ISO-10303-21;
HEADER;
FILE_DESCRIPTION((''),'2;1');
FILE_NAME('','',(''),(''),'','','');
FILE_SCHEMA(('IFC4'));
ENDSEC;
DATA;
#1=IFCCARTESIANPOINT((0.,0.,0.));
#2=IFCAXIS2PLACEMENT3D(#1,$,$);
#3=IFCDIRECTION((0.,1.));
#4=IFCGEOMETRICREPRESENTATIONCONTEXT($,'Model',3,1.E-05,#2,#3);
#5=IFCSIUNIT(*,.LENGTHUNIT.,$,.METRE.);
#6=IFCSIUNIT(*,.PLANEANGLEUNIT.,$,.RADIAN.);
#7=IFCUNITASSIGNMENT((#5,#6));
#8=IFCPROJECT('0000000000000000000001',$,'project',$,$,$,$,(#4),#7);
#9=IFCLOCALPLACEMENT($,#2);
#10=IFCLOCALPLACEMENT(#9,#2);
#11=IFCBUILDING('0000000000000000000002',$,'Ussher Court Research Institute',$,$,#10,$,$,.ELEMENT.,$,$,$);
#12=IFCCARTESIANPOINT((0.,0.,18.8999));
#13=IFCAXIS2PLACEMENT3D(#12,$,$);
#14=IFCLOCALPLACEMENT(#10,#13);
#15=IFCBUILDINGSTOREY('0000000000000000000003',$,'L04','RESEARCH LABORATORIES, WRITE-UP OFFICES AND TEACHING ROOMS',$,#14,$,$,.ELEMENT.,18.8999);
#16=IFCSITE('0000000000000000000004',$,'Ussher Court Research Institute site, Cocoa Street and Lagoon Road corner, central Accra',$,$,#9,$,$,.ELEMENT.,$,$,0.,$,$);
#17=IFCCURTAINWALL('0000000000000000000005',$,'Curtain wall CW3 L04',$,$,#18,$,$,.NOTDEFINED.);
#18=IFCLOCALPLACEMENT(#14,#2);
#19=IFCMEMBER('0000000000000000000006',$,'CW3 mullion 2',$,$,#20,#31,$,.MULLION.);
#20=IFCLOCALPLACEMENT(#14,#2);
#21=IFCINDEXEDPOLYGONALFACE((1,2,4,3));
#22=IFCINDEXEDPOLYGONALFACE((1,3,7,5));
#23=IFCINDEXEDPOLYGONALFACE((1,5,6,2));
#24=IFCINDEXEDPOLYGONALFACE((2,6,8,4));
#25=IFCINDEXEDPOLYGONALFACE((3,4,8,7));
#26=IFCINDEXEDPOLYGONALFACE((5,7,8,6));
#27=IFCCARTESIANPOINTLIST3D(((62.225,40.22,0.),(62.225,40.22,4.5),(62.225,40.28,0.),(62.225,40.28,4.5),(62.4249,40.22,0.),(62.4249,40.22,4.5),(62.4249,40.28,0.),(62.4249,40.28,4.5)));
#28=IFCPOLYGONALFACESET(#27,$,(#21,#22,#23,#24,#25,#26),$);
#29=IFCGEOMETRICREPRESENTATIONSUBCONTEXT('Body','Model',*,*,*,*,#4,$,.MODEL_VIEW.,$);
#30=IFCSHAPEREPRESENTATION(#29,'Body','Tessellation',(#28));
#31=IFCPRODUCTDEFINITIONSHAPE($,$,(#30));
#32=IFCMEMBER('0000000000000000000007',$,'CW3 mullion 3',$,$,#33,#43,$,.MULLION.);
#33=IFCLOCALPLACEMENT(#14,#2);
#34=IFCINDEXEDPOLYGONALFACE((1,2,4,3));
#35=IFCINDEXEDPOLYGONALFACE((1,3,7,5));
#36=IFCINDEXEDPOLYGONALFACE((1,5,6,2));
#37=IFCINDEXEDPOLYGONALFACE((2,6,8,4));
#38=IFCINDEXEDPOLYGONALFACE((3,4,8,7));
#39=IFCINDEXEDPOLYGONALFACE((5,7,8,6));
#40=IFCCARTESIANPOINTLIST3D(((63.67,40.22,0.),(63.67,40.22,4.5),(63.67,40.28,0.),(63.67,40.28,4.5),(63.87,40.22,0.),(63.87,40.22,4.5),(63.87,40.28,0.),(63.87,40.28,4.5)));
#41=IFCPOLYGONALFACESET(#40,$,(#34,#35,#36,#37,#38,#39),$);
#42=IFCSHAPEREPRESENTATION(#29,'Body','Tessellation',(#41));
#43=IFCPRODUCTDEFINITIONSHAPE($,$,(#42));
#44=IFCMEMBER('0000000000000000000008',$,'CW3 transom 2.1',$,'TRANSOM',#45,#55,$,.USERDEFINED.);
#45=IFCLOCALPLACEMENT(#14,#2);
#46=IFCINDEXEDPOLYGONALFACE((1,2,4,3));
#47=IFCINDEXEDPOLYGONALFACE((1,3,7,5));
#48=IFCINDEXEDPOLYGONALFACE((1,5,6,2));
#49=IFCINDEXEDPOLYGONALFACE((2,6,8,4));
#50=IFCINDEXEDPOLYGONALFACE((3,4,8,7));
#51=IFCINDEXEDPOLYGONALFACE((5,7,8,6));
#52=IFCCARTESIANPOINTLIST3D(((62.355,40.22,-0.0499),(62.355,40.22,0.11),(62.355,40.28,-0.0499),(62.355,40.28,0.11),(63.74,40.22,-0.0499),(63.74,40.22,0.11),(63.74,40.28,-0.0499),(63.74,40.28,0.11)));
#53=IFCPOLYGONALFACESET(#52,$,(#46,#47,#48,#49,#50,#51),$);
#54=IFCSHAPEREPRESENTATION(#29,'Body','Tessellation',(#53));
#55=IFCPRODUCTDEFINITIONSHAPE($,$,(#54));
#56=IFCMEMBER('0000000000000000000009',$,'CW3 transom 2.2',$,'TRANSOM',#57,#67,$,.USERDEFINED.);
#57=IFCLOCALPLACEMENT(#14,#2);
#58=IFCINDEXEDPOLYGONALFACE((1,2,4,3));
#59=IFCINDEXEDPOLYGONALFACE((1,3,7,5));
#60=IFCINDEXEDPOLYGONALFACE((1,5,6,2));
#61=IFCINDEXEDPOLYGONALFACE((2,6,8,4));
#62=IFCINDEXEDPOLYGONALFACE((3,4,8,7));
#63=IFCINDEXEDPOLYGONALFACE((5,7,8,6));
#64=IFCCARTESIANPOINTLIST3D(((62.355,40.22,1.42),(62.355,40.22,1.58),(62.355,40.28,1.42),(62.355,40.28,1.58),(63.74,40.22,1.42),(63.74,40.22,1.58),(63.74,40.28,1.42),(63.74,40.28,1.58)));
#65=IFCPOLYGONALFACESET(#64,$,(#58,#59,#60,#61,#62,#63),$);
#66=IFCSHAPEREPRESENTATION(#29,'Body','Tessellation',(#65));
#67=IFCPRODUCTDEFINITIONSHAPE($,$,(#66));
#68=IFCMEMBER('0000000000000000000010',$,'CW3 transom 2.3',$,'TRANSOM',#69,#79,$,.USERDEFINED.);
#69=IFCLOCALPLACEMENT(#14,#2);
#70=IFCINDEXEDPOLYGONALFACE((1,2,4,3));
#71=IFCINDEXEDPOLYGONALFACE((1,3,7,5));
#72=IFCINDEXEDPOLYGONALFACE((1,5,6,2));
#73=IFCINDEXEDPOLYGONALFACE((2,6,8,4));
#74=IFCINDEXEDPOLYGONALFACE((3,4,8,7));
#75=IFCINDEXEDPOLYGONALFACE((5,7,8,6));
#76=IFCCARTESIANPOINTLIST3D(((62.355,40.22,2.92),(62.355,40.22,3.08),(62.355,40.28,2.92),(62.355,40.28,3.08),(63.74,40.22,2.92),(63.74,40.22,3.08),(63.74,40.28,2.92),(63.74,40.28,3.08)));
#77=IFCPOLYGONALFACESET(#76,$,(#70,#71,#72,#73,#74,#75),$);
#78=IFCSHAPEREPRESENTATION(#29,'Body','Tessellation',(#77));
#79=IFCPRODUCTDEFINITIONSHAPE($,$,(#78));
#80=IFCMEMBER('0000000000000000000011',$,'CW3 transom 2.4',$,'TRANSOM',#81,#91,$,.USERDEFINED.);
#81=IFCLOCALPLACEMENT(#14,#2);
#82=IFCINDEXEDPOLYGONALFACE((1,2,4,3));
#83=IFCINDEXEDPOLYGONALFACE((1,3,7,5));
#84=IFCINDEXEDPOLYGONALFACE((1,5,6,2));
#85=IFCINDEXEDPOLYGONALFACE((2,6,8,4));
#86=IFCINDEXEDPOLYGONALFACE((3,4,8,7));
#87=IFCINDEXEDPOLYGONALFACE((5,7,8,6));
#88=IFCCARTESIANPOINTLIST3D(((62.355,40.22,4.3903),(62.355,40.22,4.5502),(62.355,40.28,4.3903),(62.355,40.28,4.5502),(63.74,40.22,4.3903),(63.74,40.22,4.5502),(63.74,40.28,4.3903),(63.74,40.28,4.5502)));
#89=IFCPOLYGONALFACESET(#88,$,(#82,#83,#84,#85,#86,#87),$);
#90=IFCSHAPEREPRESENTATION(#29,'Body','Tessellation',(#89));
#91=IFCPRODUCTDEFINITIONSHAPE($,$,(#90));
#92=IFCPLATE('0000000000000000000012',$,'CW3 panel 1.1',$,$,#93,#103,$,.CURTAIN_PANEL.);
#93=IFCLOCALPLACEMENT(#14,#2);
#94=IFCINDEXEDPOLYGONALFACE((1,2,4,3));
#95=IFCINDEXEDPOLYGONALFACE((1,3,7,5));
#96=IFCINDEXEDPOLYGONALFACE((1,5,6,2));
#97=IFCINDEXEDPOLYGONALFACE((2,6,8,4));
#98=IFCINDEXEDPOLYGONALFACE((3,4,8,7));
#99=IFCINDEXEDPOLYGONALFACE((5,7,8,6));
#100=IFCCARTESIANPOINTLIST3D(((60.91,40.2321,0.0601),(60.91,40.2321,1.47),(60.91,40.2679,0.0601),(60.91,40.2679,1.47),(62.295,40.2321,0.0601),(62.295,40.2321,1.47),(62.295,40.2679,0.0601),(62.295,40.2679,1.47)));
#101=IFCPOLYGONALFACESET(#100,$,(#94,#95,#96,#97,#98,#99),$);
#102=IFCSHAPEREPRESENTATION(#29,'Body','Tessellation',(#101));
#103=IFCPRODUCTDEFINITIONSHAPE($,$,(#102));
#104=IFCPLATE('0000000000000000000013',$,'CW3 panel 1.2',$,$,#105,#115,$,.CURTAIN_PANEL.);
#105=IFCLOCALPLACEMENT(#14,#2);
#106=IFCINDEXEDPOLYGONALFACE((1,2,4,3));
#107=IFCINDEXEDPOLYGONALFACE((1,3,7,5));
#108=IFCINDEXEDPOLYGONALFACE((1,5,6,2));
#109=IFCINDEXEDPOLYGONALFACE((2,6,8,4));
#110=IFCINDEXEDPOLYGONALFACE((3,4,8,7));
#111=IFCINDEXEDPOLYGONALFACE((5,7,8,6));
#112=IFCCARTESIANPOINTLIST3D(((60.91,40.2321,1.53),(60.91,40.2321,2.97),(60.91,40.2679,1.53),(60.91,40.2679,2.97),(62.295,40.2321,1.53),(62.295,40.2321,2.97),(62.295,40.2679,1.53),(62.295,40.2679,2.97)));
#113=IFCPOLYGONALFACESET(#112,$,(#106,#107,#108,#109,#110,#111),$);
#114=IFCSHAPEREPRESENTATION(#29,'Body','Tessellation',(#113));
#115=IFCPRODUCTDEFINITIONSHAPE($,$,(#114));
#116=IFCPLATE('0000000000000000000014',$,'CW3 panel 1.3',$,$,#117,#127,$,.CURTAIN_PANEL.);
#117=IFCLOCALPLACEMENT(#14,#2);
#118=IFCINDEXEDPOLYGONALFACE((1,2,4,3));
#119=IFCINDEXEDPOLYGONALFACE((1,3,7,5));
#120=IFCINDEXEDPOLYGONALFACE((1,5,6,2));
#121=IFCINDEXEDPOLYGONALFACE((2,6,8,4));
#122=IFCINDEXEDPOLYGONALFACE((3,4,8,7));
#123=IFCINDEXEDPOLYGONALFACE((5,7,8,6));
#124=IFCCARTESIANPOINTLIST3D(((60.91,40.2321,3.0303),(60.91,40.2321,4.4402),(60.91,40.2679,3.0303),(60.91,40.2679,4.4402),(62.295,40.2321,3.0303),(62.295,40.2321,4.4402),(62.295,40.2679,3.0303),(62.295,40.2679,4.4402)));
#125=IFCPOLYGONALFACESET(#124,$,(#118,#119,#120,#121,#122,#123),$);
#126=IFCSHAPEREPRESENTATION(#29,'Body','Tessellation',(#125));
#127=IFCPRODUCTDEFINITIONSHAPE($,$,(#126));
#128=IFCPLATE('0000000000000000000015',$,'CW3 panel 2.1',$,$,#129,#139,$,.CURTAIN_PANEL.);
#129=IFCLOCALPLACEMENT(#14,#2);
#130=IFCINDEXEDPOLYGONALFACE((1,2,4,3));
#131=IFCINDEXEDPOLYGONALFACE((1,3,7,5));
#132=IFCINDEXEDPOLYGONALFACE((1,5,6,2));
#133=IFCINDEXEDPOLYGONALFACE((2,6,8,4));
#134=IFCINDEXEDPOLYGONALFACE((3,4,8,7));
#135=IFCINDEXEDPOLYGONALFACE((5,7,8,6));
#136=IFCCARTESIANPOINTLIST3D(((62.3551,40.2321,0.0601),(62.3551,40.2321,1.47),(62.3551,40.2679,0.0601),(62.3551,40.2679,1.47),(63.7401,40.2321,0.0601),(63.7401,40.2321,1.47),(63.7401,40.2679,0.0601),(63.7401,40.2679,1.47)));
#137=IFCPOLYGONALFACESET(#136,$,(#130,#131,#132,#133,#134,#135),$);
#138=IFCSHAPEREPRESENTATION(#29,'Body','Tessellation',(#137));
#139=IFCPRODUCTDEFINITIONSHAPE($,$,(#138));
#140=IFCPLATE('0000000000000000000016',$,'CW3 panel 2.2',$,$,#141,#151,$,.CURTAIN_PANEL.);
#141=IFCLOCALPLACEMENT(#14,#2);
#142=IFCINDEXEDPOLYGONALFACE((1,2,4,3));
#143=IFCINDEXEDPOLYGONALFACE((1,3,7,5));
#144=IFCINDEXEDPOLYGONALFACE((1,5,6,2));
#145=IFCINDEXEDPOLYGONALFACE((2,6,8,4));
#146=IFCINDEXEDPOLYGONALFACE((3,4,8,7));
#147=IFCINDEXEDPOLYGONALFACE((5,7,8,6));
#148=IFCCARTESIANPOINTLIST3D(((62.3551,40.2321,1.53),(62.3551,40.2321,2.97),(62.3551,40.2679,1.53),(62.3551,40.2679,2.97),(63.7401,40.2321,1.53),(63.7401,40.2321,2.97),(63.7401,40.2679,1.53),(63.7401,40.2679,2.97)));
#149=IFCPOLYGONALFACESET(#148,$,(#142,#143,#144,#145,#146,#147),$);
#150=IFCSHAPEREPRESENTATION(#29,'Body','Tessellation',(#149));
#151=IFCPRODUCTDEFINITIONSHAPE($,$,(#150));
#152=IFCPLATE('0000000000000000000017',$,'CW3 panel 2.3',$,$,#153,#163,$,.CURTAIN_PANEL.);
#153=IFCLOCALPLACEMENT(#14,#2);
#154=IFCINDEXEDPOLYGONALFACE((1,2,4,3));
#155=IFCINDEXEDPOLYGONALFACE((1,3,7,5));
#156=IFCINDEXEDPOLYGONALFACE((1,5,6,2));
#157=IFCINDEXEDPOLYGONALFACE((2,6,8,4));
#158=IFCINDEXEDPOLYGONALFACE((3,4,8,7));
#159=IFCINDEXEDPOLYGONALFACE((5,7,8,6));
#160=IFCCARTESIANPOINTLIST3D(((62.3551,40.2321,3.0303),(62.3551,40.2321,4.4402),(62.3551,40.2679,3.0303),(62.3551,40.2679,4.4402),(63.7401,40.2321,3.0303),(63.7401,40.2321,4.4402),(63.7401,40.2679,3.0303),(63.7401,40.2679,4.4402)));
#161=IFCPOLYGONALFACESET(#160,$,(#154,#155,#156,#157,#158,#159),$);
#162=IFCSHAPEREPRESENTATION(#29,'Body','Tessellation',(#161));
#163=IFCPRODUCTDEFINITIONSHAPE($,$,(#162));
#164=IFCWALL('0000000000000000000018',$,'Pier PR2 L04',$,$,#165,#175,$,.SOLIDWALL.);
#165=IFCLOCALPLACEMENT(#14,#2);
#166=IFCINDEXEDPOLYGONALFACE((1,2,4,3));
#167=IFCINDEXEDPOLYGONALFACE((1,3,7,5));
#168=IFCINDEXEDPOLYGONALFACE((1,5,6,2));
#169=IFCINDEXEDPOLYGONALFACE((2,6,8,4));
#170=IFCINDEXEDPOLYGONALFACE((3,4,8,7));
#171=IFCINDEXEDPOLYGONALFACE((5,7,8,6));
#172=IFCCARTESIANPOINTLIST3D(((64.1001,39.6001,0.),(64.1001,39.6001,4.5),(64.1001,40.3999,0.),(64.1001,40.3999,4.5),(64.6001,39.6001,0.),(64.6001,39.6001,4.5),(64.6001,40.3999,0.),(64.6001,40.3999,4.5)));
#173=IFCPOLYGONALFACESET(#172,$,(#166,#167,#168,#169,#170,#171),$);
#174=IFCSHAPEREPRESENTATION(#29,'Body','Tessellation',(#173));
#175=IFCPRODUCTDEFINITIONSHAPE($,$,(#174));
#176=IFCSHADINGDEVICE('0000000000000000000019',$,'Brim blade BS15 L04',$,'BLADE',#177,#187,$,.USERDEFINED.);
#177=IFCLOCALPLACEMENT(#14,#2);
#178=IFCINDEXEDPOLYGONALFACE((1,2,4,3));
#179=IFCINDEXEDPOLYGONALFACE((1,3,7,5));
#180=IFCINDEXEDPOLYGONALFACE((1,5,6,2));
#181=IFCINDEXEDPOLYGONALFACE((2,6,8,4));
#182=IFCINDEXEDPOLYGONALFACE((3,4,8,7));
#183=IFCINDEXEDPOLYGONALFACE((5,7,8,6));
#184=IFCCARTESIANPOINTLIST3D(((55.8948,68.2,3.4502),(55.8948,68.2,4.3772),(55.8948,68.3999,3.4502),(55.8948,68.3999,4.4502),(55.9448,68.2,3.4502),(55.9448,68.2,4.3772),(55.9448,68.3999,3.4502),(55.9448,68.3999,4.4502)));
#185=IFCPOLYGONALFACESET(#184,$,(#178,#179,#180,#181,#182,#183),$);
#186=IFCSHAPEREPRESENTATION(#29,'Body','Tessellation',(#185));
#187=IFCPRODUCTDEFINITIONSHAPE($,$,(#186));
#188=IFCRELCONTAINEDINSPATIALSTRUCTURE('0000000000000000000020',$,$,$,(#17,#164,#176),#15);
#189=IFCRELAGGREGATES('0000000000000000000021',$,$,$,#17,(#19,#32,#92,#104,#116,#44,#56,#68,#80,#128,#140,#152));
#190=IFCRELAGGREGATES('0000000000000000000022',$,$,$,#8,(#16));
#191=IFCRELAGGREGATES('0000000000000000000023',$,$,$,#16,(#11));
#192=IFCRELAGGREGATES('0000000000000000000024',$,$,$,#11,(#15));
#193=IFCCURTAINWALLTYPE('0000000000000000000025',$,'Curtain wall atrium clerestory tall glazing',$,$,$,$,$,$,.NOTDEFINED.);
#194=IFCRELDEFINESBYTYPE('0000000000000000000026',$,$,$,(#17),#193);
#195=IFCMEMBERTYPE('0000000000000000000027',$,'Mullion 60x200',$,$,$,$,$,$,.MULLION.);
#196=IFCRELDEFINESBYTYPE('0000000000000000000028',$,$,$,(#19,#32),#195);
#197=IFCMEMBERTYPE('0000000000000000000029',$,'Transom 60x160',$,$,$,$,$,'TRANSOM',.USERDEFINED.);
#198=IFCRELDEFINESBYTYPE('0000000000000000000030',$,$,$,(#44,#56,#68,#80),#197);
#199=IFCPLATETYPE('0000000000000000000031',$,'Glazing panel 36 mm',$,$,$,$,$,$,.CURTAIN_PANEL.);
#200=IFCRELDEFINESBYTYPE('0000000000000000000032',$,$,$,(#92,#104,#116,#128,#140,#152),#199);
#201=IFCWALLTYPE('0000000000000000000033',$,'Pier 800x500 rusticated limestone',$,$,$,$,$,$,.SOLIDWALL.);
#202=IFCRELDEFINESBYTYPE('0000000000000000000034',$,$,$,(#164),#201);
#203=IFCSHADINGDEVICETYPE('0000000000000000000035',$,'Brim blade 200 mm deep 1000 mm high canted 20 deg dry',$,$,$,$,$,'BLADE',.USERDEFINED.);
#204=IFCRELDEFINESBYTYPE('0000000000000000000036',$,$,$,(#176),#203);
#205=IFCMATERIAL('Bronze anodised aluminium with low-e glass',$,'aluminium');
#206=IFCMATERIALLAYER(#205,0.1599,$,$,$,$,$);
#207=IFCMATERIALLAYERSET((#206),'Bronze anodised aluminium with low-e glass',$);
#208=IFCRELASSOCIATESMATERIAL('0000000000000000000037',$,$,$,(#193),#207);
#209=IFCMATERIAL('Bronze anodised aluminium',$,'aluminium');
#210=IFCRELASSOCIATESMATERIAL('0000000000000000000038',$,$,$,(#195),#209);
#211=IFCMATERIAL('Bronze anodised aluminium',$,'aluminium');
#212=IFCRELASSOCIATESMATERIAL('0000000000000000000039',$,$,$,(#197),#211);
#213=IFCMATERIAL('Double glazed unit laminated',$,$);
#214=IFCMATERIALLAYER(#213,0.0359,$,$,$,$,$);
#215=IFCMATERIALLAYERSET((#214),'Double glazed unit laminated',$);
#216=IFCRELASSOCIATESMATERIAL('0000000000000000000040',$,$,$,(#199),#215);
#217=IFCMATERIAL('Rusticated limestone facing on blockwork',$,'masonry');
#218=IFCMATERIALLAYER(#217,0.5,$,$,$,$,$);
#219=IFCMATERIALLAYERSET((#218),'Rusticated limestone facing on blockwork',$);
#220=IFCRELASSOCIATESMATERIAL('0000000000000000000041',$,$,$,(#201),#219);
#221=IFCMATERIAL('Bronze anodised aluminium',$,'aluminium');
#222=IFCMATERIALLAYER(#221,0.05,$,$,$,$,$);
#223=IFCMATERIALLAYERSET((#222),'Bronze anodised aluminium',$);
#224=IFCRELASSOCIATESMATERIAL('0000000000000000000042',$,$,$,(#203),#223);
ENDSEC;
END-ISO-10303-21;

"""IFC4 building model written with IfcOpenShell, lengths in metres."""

from ifc_helpers import new_model, si_unit, direction, frame, frame_2d, origin, origin_2d, place, context, subcontext, project, spatial, polyline, rectangle, outline, extrude, material, layer, layer_set, material_profile, profile_set, type_object, element, aggregate, save


model = new_model("IFC4")

# Units and contexts
model_context = context("Model", 3, precision=1e-05, world=origin(), true_north=direction((0.0, 1.0)))
body_context = subcontext(model_context, "Body", "Model", "MODEL_VIEW")
ifc_project = project(units=[si_unit("LENGTHUNIT", "METRE"), si_unit("PLANEANGLEUNIT", "RADIAN")], contexts=[model_context])

# Site, building, storey
site_placement = place(None, origin())
site = spatial("IfcSite", under=ifc_project, at=site_placement, Name="Ussher Court Research Institute site, Cocoa Street and Lagoon Road corner, central Accra", CompositionType="ELEMENT", RefElevation=0.0)
building_placement = place(site_placement, origin())
building = spatial("IfcBuilding", under=site, at=building_placement, Name="Ussher Court Research Institute", CompositionType="ELEMENT")
storey_placement = place(building_placement, frame((0.0, 0.0, 18.8999)))
storey = spatial("IfcBuildingStorey", under=building, at=storey_placement, Name="L04", Description="RESEARCH LABORATORIES, WRITE-UP OFFICES AND TEACHING ROOMS", CompositionType="ELEMENT", Elevation=18.8999)

# Curtain wall, members, plates
ifc_material_1 = material(Name="Bronze anodised aluminium with low-e glass", Category="aluminium")
ifc_layer_1 = layer(ifc_material_1, 0.1599)
ifc_layer_set_1 = layer_set([ifc_layer_1], Name="Bronze anodised aluminium with low-e glass")
curtain_wall_type = type_object("IfcCurtainWallType", Name="Curtain wall atrium clerestory tall glazing", PredefinedType="NOTDEFINED", material=ifc_layer_set_1)
curtain_wall_placement = place(storey_placement, origin())
curtain_wall = element("IfcCurtainWall", 1, at=curtain_wall_placement, inside=storey, type_object=curtain_wall_type, Name="Curtain wall CW3 L04", PredefinedType="NOTDEFINED")
ifc_material_2 = material(Name="Bronze anodised aluminium", Category="aluminium")
ifc_material_profile_1 = material_profile(ifc_material_2, rectangle(XDim=0.0601, YDim=0.2, at=origin_2d()), Name="Mullion 60x200")
ifc_profile_set_1 = profile_set([ifc_material_profile_1], Name="Bronze anodised aluminium")
member_type_1 = type_object("IfcMemberType", Name="Mullion 60x200", PredefinedType="MULLION", material=ifc_profile_set_1)
member_1_placement = place(storey_placement, frame((62.325, 40.25, 0.0), z_axis=(0.0, 0.0, 1.0), x_axis=(0.0, 1.0, 0.0)))
member_1 = element("IfcMember", 2, at=member_1_placement, type_object=member_type_1, Name="CW3 mullion 2", PredefinedType="MULLION", context=body_context, shape_type="SweptSolid", body=[
    extrude(rectangle(XDim=0.0601, YDim=0.2, at=origin_2d()), origin(), (0.0, 0.0, 1.0), 4.5),
])
member_2_placement = place(storey_placement, frame((63.77, 40.25, 0.0), z_axis=(0.0, 0.0, 1.0), x_axis=(0.0, 1.0, 0.0)))
member_2 = element("IfcMember", 3, at=member_2_placement, type_object=member_type_1, Name="CW3 mullion 3", PredefinedType="MULLION", context=body_context, shape_type="SweptSolid", body=[
    extrude(rectangle(XDim=0.0601, YDim=0.2, at=origin_2d()), origin(), (0.0, 0.0, 1.0), 4.5),
])
ifc_material_3 = material(Name="Bronze anodised aluminium", Category="aluminium")
ifc_material_profile_2 = material_profile(ifc_material_3, rectangle(XDim=0.0601, YDim=0.1599, at=origin_2d()), Name="Transom 60x160")
ifc_profile_set_2 = profile_set([ifc_material_profile_2], Name="Bronze anodised aluminium")
member_type_2 = type_object("IfcMemberType", Name="Transom 60x160", ElementType="TRANSOM", PredefinedType="USERDEFINED", material=ifc_profile_set_2)
member_3_placement = place(storey_placement, frame((62.355, 40.25, 0.03), z_axis=(1.0, 0.0, 0.0), x_axis=(0.0, 1.0, 0.0)))
member_3 = element("IfcMember", 4, at=member_3_placement, type_object=member_type_2, Name="CW3 transom 2.1", ObjectType="TRANSOM", PredefinedType="USERDEFINED", context=body_context, shape_type="SweptSolid", body=[
    extrude(rectangle(XDim=0.0601, YDim=0.1599, at=origin_2d()), origin(), (0.0, 0.0, 1.0), 1.385),
])
member_4_placement = place(storey_placement, frame((62.355, 40.25, 1.5), z_axis=(1.0, 0.0, 0.0), x_axis=(0.0, 1.0, 0.0)))
member_4 = element("IfcMember", 5, at=member_4_placement, type_object=member_type_2, Name="CW3 transom 2.2", ObjectType="TRANSOM", PredefinedType="USERDEFINED", context=body_context, shape_type="SweptSolid", body=[
    extrude(rectangle(XDim=0.0601, YDim=0.1599, at=origin_2d()), origin(), (0.0, 0.0, 1.0), 1.385),
])
member_5_placement = place(storey_placement, frame((62.355, 40.25, 3.0), z_axis=(1.0, 0.0, 0.0), x_axis=(0.0, 1.0, 0.0)))
member_5 = element("IfcMember", 6, at=member_5_placement, type_object=member_type_2, Name="CW3 transom 2.3", ObjectType="TRANSOM", PredefinedType="USERDEFINED", context=body_context, shape_type="SweptSolid", body=[
    extrude(rectangle(XDim=0.0601, YDim=0.1599, at=origin_2d()), origin(), (0.0, 0.0, 1.0), 1.385),
])
member_6_placement = place(storey_placement, frame((62.355, 40.25, 4.4702), z_axis=(1.0, 0.0, 0.0), x_axis=(0.0, 1.0, 0.0)))
member_6 = element("IfcMember", 7, at=member_6_placement, type_object=member_type_2, Name="CW3 transom 2.4", ObjectType="TRANSOM", PredefinedType="USERDEFINED", context=body_context, shape_type="SweptSolid", body=[
    extrude(rectangle(XDim=0.0601, YDim=0.1599, at=origin_2d()), origin(), (0.0, 0.0, 1.0), 1.385),
])
ifc_material_4 = material(Name="Double glazed unit laminated")
ifc_layer_2 = layer(ifc_material_4, 0.0359)
ifc_layer_set_2 = layer_set([ifc_layer_2], Name="Double glazed unit laminated")
plate_type = type_object("IfcPlateType", Name="Glazing panel 36 mm", PredefinedType="CURTAIN_PANEL", material=ifc_layer_set_2)
plate_1_placement = place(storey_placement, frame((61.6025, 40.25, 0.0601), z_axis=(0.0, 0.0, 1.0), x_axis=(1.0, 0.0, 0.0)))
plate_1 = element("IfcPlate", 8, at=plate_1_placement, type_object=plate_type, Name="CW3 panel 1.1", PredefinedType="CURTAIN_PANEL", context=body_context, shape_type="SweptSolid", body=[
    extrude(rectangle(XDim=1.385, YDim=0.0359, at=origin_2d()), origin(), (0.0, 0.0, 1.0), 1.4099),
])
plate_2_placement = place(storey_placement, frame((61.6025, 40.25, 1.53), z_axis=(0.0, 0.0, 1.0), x_axis=(1.0, 0.0, 0.0)))
plate_2 = element("IfcPlate", 9, at=plate_2_placement, type_object=plate_type, Name="CW3 panel 1.2", PredefinedType="CURTAIN_PANEL", context=body_context, shape_type="SweptSolid", body=[
    extrude(rectangle(XDim=1.385, YDim=0.0359, at=origin_2d()), origin(), (0.0, 0.0, 1.0), 1.4399),
])
plate_3_placement = place(storey_placement, frame((61.6025, 40.25, 3.0303), z_axis=(0.0, 0.0, 1.0), x_axis=(1.0, 0.0, 0.0)))
plate_3 = element("IfcPlate", 10, at=plate_3_placement, type_object=plate_type, Name="CW3 panel 1.3", PredefinedType="CURTAIN_PANEL", context=body_context, shape_type="SweptSolid", body=[
    extrude(rectangle(XDim=1.385, YDim=0.0359, at=origin_2d()), origin(), (0.0, 0.0, 1.0), 1.4099),
])
plate_4_placement = place(storey_placement, frame((63.0476, 40.25, 0.0601), z_axis=(0.0, 0.0, 1.0), x_axis=(1.0, 0.0, 0.0)))
plate_4 = element("IfcPlate", 11, at=plate_4_placement, type_object=plate_type, Name="CW3 panel 2.1", PredefinedType="CURTAIN_PANEL", context=body_context, shape_type="SweptSolid", body=[
    extrude(rectangle(XDim=1.385, YDim=0.0359, at=origin_2d()), origin(), (0.0, 0.0, 1.0), 1.4099),
])
plate_5_placement = place(storey_placement, frame((63.0476, 40.25, 1.53), z_axis=(0.0, 0.0, 1.0), x_axis=(1.0, 0.0, 0.0)))
plate_5 = element("IfcPlate", 12, at=plate_5_placement, type_object=plate_type, Name="CW3 panel 2.2", PredefinedType="CURTAIN_PANEL", context=body_context, shape_type="SweptSolid", body=[
    extrude(rectangle(XDim=1.385, YDim=0.0359, at=origin_2d()), origin(), (0.0, 0.0, 1.0), 1.4399),
])
plate_6_placement = place(storey_placement, frame((63.0476, 40.25, 3.0303), z_axis=(0.0, 0.0, 1.0), x_axis=(1.0, 0.0, 0.0)))
plate_6 = element("IfcPlate", 13, at=plate_6_placement, type_object=plate_type, Name="CW3 panel 2.3", PredefinedType="CURTAIN_PANEL", context=body_context, shape_type="SweptSolid", body=[
    extrude(rectangle(XDim=1.385, YDim=0.0359, at=origin_2d()), origin(), (0.0, 0.0, 1.0), 1.4099),
])
aggregate(curtain_wall, [member_1, member_2, plate_1, plate_2, plate_3, member_3, member_4, member_5, member_6, plate_4, plate_5, plate_6])

# Wall
ifc_material_5 = material(Name="Rusticated limestone facing on blockwork", Category="masonry")
ifc_layer_3 = layer(ifc_material_5, 0.5)
ifc_layer_set_3 = layer_set([ifc_layer_3], Name="Rusticated limestone facing on blockwork")
wall_type = type_object("IfcWallType", Name="Pier 800x500 rusticated limestone", PredefinedType="SOLIDWALL", material=ifc_layer_set_3)
wall_placement = place(storey_placement, frame((64.3501, 40.3999, 0.0), z_axis=(0.0, 0.0, 1.0), x_axis=(0.0, -1.0, 0.0)))
element("IfcWall", 14, at=wall_placement, inside=storey, type_object=wall_type, Name="Pier PR2 L04", PredefinedType="SOLIDWALL", context=body_context, shape_type="SweptSolid", body=[
    extrude(rectangle(XDim=0.7998, YDim=0.5, at=frame_2d((0.3999, 0.0))), origin(), (0.0, 0.0, 1.0), 4.5),
])

# Shading device
ifc_material_6 = material(Name="Bronze anodised aluminium", Category="aluminium")
ifc_layer_4 = layer(ifc_material_6, 0.05)
ifc_layer_set_4 = layer_set([ifc_layer_4], Name="Bronze anodised aluminium")
shading_device_type_1 = type_object("IfcShadingDeviceType", Name="Brim blade 200 mm deep 1000 mm high canted 20 deg dry", ElementType="BLADE", PredefinedType="USERDEFINED", material=ifc_layer_set_4)
shading_device_1_placement = place(storey_placement, frame((55.9199, 68.3999, 3.4502), z_axis=(0.0, 0.0, 1.0), x_axis=(0.0, -1.0, 0.0)))
element("IfcShadingDevice", 15, at=shading_device_1_placement, inside=storey, type_object=shading_device_type_1, Name="Brim blade BS15 L04", ObjectType="BLADE", PredefinedType="USERDEFINED", context=body_context, shape_type="SweptSolid", body=[
    extrude(outline(polyline([(0.0, 0.0), (0.2, 0.0), (0.2, 0.927), (0.0, 1.0), (0.0, 0.0)])), frame((0.0, 0.0249, 0.0), z_axis=(0.0, -1.0, 0.0), x_axis=(1.0, 0.0, 0.0)), (0.0, 0.0, 1.0), 0.05),
])

save(model, "model.ifc")
